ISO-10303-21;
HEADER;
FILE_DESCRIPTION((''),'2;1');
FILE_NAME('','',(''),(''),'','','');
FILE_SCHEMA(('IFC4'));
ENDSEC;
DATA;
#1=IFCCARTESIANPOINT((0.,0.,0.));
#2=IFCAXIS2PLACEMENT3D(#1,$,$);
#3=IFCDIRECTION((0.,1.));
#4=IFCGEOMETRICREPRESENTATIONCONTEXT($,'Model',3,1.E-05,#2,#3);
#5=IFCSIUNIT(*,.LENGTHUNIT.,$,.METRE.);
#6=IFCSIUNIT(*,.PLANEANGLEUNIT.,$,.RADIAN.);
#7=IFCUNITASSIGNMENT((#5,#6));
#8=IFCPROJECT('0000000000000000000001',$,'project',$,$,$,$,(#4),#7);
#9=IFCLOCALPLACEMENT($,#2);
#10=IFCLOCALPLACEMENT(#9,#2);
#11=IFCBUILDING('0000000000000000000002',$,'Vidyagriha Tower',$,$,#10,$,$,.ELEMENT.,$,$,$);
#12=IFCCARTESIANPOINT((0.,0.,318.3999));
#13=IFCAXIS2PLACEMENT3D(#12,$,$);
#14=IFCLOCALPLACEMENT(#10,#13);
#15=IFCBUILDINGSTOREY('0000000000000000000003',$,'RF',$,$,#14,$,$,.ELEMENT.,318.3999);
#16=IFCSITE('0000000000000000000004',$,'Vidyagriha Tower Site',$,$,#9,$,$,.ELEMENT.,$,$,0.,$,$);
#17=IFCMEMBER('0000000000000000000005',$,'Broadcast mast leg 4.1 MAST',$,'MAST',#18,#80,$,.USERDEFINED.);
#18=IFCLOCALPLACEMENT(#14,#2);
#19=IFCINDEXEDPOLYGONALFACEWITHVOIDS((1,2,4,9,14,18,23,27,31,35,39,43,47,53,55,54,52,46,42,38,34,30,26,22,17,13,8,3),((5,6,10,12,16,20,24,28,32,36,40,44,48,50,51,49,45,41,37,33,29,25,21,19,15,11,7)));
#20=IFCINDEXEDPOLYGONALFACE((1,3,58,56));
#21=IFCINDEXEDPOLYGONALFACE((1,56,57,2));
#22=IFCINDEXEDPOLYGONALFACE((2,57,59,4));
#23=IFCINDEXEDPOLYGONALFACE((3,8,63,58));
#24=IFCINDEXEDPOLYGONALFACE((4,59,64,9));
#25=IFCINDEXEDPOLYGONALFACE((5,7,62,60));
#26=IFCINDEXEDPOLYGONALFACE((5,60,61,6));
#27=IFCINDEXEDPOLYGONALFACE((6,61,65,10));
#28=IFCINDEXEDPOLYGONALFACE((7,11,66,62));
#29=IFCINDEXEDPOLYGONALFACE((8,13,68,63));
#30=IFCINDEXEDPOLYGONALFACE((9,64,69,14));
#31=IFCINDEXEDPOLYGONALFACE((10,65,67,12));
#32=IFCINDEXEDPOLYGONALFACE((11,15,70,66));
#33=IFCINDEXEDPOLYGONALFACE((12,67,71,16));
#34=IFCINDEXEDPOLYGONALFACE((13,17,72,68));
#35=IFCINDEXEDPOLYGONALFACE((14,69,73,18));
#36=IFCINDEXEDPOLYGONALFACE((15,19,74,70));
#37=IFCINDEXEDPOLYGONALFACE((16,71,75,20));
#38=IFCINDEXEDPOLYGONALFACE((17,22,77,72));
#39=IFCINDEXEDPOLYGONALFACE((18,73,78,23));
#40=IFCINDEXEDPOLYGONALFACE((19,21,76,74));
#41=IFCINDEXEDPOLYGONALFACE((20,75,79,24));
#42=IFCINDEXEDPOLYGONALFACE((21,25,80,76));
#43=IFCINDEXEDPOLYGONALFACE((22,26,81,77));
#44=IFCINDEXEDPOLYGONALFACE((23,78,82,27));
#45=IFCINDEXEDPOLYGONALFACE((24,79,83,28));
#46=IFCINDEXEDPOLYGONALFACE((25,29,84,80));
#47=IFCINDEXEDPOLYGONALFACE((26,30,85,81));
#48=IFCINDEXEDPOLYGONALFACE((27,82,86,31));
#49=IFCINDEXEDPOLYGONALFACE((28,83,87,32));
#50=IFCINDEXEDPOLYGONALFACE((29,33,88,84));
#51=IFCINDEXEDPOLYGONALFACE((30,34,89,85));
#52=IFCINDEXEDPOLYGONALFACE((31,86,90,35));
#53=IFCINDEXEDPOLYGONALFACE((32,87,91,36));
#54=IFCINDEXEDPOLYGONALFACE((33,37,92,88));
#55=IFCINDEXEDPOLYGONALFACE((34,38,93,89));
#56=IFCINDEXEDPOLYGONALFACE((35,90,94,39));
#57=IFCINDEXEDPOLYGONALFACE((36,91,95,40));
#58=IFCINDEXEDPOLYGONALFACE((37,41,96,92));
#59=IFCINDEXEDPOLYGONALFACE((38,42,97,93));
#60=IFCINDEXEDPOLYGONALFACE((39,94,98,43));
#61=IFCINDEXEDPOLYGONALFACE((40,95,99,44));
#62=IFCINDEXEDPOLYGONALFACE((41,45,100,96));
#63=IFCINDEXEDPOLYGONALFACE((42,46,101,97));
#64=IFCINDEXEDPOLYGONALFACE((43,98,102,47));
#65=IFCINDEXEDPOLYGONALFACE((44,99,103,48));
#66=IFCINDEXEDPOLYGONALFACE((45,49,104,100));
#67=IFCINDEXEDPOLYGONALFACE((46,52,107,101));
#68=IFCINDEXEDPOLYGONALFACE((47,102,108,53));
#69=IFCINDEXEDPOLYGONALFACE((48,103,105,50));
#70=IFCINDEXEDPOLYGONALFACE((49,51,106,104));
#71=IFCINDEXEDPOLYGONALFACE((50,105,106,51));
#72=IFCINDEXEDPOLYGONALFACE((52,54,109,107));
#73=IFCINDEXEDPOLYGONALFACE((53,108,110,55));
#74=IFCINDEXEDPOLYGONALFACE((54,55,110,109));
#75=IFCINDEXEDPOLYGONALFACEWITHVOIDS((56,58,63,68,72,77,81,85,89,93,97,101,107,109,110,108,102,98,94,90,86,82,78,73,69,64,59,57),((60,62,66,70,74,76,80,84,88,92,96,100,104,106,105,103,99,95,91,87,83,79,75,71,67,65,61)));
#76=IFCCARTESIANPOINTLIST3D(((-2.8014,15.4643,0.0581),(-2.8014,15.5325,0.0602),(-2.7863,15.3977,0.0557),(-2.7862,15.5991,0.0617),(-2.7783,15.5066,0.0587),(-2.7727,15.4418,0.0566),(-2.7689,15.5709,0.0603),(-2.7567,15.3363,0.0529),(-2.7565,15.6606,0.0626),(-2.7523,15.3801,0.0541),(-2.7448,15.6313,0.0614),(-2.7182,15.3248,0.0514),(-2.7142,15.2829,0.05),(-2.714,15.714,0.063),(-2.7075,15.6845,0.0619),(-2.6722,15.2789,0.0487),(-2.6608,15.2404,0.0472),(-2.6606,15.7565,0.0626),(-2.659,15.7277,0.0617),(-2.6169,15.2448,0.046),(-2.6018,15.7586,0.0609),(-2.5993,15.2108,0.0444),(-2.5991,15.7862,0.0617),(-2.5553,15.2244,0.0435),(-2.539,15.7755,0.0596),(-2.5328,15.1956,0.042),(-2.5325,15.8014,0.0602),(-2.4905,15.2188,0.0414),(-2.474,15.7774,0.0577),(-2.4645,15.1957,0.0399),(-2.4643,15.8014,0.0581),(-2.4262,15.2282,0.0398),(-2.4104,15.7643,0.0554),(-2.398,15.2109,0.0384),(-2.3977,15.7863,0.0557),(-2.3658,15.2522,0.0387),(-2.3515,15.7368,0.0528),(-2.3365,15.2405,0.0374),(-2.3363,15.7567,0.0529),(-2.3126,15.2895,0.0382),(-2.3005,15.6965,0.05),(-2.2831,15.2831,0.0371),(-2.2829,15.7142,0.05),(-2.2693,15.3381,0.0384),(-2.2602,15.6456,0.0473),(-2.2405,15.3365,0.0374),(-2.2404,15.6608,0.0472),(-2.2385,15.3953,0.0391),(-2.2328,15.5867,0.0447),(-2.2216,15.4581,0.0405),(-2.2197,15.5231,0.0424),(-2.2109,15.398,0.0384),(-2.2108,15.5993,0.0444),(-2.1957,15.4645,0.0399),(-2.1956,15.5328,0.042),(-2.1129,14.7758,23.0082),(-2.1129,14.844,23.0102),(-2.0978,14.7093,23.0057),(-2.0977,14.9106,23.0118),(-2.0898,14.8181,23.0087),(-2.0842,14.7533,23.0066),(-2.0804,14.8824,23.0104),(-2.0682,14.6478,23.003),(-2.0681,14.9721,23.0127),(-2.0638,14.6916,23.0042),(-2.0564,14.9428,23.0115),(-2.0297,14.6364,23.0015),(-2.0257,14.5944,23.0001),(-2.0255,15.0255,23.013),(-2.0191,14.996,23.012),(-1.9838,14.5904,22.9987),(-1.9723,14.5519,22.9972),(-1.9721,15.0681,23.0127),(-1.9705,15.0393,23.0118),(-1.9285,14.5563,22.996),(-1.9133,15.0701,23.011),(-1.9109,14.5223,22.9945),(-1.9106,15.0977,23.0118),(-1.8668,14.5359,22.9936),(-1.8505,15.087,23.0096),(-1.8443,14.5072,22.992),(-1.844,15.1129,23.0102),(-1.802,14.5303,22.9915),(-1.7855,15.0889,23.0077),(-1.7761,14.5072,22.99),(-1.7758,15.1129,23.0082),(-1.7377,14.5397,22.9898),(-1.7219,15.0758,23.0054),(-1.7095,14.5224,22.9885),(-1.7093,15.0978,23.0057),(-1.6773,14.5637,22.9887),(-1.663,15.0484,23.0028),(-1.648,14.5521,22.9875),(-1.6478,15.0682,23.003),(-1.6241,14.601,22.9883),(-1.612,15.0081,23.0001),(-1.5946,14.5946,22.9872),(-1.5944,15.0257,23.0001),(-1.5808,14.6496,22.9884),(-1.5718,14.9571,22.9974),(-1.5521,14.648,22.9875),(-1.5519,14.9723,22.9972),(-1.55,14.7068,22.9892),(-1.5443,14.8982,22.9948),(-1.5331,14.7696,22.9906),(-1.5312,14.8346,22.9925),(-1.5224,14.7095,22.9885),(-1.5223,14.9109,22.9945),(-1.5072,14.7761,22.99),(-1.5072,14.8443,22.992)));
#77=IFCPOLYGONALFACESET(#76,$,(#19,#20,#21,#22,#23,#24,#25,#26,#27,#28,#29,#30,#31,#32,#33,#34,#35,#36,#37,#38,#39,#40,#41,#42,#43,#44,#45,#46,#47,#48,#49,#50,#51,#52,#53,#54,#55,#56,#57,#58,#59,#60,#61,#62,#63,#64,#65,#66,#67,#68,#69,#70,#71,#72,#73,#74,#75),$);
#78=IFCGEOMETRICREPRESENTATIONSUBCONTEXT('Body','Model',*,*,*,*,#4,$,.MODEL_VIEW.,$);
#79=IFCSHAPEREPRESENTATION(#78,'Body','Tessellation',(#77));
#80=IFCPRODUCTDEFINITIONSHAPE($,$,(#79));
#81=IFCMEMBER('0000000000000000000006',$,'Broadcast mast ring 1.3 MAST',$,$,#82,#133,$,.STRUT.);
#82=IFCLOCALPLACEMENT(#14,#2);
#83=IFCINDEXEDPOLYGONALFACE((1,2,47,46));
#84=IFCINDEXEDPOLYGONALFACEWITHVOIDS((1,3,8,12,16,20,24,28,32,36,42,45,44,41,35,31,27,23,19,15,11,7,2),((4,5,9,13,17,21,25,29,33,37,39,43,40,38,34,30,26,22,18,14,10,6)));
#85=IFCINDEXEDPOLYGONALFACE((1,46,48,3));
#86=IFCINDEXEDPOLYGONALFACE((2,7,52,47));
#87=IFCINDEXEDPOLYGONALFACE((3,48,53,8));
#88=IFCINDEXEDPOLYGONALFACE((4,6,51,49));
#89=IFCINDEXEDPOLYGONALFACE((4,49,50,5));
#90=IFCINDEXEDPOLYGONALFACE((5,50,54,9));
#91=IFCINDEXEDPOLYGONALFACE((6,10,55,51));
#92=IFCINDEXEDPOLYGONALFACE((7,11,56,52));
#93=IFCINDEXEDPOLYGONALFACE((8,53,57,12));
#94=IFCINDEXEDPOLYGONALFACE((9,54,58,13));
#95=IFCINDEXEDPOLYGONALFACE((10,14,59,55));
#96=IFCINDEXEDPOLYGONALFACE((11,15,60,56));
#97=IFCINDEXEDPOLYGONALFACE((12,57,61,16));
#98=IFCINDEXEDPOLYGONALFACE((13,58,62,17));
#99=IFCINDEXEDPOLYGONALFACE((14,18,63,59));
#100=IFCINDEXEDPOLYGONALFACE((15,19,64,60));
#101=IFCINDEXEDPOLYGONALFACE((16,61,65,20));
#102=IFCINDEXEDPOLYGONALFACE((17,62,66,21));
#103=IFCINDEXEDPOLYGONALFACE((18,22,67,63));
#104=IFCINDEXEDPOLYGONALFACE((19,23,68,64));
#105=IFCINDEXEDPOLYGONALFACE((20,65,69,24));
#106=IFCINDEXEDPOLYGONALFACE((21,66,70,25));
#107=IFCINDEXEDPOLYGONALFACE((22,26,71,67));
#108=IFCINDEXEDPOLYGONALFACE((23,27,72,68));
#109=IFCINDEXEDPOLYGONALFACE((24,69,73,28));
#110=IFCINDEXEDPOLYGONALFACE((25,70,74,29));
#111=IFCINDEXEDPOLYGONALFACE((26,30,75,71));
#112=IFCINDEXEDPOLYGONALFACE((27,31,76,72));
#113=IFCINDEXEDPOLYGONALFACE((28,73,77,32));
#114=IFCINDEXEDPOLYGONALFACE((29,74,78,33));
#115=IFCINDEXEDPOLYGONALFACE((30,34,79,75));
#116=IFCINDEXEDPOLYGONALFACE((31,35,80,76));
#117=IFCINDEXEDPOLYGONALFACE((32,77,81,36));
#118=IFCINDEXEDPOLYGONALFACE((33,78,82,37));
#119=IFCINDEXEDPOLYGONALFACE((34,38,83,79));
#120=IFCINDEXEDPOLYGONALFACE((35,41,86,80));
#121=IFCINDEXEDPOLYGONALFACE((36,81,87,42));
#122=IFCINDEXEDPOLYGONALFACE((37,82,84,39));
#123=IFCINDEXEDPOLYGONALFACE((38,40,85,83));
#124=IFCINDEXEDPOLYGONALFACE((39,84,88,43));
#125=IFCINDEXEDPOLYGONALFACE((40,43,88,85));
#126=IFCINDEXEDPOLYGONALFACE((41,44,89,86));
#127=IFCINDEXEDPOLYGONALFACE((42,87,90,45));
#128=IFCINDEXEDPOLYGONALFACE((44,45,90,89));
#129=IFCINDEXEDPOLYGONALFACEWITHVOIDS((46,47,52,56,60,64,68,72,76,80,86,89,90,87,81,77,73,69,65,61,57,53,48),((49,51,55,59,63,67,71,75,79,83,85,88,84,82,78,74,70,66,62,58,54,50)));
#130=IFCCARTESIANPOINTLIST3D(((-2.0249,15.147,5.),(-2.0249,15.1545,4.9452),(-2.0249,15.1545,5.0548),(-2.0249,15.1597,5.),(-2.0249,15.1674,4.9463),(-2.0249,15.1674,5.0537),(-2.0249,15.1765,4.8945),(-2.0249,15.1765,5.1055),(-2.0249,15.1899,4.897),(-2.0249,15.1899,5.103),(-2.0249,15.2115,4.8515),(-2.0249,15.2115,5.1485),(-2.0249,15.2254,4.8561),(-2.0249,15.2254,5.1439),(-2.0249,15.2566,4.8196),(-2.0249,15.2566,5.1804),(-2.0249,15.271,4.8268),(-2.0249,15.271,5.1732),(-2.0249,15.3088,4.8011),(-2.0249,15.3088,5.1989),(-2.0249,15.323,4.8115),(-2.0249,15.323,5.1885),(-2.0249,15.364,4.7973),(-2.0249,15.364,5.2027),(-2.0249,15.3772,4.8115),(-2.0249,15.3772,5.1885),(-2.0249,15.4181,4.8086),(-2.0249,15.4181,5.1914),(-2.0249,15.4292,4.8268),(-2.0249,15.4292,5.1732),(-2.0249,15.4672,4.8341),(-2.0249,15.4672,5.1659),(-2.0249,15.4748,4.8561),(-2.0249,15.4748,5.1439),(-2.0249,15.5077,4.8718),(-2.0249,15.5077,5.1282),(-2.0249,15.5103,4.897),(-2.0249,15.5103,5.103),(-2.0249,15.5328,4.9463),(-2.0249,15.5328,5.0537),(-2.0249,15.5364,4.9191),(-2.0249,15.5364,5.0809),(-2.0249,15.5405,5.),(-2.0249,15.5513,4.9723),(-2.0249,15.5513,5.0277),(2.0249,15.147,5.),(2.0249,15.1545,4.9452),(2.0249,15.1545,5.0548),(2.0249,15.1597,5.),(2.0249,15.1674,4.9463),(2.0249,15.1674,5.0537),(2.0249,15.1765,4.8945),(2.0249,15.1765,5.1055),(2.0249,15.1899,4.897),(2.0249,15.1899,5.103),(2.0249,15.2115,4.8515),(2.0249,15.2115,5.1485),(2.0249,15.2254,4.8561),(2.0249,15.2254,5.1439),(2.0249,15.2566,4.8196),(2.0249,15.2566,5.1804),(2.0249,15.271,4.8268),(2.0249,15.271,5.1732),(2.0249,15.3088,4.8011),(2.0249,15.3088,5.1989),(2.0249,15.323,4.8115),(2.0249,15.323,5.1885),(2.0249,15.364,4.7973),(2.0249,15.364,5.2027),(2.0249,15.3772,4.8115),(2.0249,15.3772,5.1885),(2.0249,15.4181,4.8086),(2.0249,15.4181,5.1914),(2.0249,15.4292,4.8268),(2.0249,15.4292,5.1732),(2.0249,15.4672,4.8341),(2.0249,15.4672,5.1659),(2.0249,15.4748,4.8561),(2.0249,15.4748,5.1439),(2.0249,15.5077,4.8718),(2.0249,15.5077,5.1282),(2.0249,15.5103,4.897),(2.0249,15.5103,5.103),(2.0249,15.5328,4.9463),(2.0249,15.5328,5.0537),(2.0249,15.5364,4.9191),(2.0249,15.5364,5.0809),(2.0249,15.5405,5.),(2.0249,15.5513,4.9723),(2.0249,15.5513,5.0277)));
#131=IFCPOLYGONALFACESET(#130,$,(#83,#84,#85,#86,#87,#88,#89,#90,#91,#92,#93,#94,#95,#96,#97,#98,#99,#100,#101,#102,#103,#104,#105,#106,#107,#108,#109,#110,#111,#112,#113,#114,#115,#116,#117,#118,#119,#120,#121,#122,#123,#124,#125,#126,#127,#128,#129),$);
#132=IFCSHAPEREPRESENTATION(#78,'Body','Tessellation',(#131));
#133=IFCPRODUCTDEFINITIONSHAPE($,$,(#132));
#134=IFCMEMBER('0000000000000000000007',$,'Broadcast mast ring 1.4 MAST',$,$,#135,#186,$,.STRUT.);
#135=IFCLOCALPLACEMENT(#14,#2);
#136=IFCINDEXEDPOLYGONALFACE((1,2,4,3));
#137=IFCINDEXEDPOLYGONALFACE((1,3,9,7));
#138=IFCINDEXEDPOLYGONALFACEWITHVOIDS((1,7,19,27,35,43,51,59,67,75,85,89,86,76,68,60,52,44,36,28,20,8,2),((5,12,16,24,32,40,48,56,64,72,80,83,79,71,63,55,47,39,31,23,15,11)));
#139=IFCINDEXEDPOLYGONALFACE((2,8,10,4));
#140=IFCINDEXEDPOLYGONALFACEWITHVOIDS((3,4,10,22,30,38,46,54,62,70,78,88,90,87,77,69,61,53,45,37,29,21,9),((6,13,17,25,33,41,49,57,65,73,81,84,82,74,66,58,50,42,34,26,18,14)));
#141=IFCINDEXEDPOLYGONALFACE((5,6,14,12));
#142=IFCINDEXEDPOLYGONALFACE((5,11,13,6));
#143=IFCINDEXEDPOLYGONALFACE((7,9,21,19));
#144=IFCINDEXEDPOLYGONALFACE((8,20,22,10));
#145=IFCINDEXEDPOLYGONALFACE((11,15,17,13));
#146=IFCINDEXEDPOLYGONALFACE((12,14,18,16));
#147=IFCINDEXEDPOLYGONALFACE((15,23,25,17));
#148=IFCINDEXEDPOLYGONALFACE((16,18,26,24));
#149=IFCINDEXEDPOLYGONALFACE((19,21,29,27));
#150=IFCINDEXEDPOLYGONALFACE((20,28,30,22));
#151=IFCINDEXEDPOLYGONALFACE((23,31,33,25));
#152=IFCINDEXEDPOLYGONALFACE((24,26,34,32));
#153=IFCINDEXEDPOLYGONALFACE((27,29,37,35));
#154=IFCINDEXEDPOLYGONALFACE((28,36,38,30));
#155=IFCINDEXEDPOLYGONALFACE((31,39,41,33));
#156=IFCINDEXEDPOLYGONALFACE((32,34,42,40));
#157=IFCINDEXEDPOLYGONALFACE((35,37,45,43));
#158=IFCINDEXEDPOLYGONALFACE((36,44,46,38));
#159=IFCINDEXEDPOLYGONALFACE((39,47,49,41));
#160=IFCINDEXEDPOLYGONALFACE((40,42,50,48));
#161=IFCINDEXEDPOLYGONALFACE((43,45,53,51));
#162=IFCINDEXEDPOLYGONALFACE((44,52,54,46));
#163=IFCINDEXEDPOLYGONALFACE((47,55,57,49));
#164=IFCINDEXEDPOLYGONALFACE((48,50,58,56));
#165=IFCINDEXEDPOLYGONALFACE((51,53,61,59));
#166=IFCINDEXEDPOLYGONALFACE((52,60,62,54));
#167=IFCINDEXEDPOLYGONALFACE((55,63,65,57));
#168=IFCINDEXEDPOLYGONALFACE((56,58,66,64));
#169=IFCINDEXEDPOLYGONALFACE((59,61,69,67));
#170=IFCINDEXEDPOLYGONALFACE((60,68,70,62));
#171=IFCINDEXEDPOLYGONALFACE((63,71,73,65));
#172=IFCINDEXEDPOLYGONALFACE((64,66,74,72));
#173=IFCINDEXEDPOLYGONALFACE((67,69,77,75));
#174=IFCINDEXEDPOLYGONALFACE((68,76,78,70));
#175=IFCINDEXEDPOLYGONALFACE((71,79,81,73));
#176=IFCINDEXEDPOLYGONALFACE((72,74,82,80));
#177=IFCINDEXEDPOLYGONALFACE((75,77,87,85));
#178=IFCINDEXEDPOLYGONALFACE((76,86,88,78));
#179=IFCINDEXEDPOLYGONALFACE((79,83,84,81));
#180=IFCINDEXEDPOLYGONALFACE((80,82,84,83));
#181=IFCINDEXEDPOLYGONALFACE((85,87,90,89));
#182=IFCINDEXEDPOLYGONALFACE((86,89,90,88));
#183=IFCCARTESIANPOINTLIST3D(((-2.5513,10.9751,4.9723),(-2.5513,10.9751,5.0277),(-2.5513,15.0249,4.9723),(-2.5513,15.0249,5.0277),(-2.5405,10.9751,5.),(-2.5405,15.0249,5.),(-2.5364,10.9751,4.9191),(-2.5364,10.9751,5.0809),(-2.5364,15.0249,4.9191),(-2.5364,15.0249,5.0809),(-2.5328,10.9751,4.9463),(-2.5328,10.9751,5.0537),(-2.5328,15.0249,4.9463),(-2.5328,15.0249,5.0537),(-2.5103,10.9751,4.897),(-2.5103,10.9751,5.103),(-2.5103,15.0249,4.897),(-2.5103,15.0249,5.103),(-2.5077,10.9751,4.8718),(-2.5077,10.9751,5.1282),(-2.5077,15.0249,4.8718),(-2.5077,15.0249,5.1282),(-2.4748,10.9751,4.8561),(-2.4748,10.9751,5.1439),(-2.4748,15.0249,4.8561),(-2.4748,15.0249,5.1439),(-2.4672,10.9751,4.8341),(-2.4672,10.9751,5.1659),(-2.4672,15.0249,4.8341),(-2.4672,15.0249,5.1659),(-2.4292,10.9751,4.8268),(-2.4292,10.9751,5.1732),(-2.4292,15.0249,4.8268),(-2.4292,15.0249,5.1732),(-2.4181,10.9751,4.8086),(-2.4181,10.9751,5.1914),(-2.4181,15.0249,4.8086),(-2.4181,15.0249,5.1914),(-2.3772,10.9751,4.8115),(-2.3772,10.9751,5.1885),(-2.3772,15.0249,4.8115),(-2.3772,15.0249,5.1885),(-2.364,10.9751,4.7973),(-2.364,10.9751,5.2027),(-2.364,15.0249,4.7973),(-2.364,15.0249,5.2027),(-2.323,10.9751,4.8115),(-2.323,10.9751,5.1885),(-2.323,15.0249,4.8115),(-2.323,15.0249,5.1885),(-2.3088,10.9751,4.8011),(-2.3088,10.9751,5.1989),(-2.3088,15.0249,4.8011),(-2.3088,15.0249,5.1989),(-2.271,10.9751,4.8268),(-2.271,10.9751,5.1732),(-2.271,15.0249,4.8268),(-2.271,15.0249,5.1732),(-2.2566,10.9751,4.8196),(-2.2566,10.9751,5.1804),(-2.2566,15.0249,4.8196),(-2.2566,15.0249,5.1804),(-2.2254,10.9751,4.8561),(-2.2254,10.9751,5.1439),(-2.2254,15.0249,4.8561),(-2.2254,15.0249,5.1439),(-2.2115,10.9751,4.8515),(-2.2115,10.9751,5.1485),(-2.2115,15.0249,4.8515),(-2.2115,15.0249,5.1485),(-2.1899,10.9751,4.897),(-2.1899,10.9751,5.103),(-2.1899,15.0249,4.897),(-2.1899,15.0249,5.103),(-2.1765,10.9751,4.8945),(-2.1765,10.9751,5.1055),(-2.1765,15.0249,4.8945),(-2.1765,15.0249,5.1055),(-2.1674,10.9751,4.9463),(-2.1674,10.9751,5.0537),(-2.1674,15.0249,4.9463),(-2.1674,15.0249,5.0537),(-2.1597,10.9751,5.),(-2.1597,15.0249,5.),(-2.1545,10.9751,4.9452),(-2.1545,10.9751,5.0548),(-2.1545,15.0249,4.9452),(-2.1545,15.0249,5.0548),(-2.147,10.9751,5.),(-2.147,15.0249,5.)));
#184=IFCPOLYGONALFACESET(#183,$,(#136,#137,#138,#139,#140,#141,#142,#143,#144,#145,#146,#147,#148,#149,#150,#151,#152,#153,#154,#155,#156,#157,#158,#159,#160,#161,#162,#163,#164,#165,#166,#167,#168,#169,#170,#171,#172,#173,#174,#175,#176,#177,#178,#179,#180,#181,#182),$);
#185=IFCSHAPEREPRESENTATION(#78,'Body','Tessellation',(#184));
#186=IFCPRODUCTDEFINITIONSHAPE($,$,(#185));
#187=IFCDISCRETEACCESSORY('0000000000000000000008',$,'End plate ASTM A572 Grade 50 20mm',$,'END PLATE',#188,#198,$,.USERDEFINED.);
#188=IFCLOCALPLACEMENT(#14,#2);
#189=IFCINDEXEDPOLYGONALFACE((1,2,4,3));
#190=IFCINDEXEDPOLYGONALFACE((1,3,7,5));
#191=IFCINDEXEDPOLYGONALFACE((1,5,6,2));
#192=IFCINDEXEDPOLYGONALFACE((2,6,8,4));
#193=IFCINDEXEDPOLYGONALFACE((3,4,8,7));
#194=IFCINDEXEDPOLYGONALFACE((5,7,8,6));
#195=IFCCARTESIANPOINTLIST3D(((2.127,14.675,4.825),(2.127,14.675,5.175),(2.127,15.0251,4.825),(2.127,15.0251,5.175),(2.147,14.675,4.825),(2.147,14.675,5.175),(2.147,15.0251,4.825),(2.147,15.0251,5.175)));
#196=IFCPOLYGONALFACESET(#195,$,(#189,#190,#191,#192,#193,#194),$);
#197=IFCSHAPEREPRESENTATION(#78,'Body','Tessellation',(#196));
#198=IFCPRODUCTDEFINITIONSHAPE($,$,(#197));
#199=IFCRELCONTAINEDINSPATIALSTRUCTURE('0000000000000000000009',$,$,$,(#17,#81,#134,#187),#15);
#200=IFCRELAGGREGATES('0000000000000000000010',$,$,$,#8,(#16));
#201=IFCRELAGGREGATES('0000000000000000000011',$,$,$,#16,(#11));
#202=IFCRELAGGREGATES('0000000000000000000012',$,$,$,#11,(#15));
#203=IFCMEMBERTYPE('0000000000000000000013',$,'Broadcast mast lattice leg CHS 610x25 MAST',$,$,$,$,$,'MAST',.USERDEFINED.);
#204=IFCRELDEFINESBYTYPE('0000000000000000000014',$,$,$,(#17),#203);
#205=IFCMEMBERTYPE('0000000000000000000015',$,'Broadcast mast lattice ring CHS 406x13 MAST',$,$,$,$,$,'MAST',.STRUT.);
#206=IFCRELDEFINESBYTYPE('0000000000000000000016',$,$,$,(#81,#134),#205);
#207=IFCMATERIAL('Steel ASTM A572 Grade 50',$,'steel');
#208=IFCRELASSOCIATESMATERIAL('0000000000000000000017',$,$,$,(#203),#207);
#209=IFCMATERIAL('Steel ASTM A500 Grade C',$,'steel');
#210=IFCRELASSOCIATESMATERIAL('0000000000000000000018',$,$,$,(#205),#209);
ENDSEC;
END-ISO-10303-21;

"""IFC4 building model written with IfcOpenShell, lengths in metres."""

from ifc_helpers import new_model, si_unit, direction, frame, origin, origin_2d, place, context, subcontext, project, spatial, rectangle, hollow_circle, extrude, material, material_profile, profile_set, type_object, element, save


model = new_model("IFC4")

# Units and contexts
model_context = context("Model", 3, precision=1e-05, world=origin(), true_north=direction((0.0, 1.0)))
body_context = subcontext(model_context, "Body", "Model", "MODEL_VIEW")
ifc_project = project(units=[si_unit("LENGTHUNIT", "METRE"), si_unit("PLANEANGLEUNIT", "RADIAN")], contexts=[model_context])

# Site, building, storey
site_placement = place(None, origin())
site = spatial("IfcSite", under=ifc_project, at=site_placement, Name="Vidyagriha Tower Site", CompositionType="ELEMENT", RefElevation=0.0)
building_placement = place(site_placement, origin())
building = spatial("IfcBuilding", under=site, at=building_placement, Name="Vidyagriha Tower", CompositionType="ELEMENT")
storey_placement = place(building_placement, frame((0.0, 0.0, 318.3999)))
storey = spatial("IfcBuildingStorey", under=building, at=storey_placement, Name="RF", CompositionType="ELEMENT", Elevation=318.3999)

# Members
ifc_material_1 = material(Name="Steel ASTM A572 Grade 50", Category="steel")
ifc_material_profile_1 = material_profile(ifc_material_1, hollow_circle(Radius=0.3049, WallThickness=0.0249, at=origin_2d()), Name="Broadcast mast lattice leg CHS 610x25 MAST")
ifc_profile_set_1 = profile_set([ifc_material_profile_1], Name="Steel ASTM A572 Grade 50")
member_type_1 = type_object("IfcMemberType", Name="Broadcast mast lattice leg CHS 610x25 MAST", ElementType="MAST", PredefinedType="USERDEFINED", material=ifc_profile_set_1)
for number, where, z_axis, x_axis, name in (
    (1, (-2.4985, 15.4985, 0.05), (0.029972, -0.029972, 0.999101), (0.707107, 0.707107, 0.0), "Broadcast mast leg 4.1 MAST"),
):
    element("IfcMember", number, at=place(storey_placement, frame(where, z_axis=z_axis, x_axis=x_axis)), inside=storey, type_object=member_type_1, Name=name, ObjectType="MAST", PredefinedType="USERDEFINED", context=body_context, shape_type="SweptSolid", body=[
        extrude(hollow_circle(Radius=0.3049, WallThickness=0.0249, at=origin_2d()), origin(), (0.0, 0.0, 1.0), 22.9707),
    ])
ifc_material_2 = material(Name="Steel ASTM A500 Grade C", Category="steel")
ifc_material_profile_2 = material_profile(ifc_material_2, hollow_circle(Radius=0.2031, WallThickness=0.0127, at=origin_2d()), Name="Broadcast mast lattice ring CHS 406x13 MAST")
ifc_profile_set_2 = profile_set([ifc_material_profile_2], Name="Steel ASTM A500 Grade C")
member_type_2 = type_object("IfcMemberType", Name="Broadcast mast lattice ring CHS 406x13 MAST", ElementType="MAST", PredefinedType="STRUT", material=ifc_profile_set_2)
for number, where, z_axis, x_axis, name in (
    (2, (2.0249, 15.3501, 5.0), (-1.0, 0.0, 0.0), (0.0, -1.0, 0.0), "Broadcast mast ring 1.3 MAST"),
    (3, (-2.3501, 15.0249, 5.0), (0.0, -1.0, 0.0), (1.0, 0.0, 0.0), "Broadcast mast ring 1.4 MAST"),
):
    element("IfcMember", number, at=place(storey_placement, frame(where, z_axis=z_axis, x_axis=x_axis)), inside=storey, type_object=member_type_2, Name=name, PredefinedType="STRUT", context=body_context, shape_type="SweptSolid", body=[
        extrude(hollow_circle(Radius=0.2031, WallThickness=0.0127, at=origin_2d()), origin(), (0.0, 0.0, 1.0), 4.0498),
    ])

# Discrete accessory
for number, where, z_axis, x_axis, name in (
    (4, (2.137, 14.8501, 4.825), (0.0, 0.0, 1.0), (0.0, 1.0, 0.0), "End plate ASTM A572 Grade 50 20mm"),
):
    element("IfcDiscreteAccessory", number, at=place(storey_placement, frame(where, z_axis=z_axis, x_axis=x_axis)), inside=storey, Name=name, ObjectType="END PLATE", PredefinedType="USERDEFINED", context=body_context, shape_type="SweptSolid", body=[
        extrude(rectangle(XDim=0.3501, YDim=0.02, at=origin_2d()), origin(), (0.0, 0.0, 1.0), 0.3501),
    ])

save(model, "model.ifc")
